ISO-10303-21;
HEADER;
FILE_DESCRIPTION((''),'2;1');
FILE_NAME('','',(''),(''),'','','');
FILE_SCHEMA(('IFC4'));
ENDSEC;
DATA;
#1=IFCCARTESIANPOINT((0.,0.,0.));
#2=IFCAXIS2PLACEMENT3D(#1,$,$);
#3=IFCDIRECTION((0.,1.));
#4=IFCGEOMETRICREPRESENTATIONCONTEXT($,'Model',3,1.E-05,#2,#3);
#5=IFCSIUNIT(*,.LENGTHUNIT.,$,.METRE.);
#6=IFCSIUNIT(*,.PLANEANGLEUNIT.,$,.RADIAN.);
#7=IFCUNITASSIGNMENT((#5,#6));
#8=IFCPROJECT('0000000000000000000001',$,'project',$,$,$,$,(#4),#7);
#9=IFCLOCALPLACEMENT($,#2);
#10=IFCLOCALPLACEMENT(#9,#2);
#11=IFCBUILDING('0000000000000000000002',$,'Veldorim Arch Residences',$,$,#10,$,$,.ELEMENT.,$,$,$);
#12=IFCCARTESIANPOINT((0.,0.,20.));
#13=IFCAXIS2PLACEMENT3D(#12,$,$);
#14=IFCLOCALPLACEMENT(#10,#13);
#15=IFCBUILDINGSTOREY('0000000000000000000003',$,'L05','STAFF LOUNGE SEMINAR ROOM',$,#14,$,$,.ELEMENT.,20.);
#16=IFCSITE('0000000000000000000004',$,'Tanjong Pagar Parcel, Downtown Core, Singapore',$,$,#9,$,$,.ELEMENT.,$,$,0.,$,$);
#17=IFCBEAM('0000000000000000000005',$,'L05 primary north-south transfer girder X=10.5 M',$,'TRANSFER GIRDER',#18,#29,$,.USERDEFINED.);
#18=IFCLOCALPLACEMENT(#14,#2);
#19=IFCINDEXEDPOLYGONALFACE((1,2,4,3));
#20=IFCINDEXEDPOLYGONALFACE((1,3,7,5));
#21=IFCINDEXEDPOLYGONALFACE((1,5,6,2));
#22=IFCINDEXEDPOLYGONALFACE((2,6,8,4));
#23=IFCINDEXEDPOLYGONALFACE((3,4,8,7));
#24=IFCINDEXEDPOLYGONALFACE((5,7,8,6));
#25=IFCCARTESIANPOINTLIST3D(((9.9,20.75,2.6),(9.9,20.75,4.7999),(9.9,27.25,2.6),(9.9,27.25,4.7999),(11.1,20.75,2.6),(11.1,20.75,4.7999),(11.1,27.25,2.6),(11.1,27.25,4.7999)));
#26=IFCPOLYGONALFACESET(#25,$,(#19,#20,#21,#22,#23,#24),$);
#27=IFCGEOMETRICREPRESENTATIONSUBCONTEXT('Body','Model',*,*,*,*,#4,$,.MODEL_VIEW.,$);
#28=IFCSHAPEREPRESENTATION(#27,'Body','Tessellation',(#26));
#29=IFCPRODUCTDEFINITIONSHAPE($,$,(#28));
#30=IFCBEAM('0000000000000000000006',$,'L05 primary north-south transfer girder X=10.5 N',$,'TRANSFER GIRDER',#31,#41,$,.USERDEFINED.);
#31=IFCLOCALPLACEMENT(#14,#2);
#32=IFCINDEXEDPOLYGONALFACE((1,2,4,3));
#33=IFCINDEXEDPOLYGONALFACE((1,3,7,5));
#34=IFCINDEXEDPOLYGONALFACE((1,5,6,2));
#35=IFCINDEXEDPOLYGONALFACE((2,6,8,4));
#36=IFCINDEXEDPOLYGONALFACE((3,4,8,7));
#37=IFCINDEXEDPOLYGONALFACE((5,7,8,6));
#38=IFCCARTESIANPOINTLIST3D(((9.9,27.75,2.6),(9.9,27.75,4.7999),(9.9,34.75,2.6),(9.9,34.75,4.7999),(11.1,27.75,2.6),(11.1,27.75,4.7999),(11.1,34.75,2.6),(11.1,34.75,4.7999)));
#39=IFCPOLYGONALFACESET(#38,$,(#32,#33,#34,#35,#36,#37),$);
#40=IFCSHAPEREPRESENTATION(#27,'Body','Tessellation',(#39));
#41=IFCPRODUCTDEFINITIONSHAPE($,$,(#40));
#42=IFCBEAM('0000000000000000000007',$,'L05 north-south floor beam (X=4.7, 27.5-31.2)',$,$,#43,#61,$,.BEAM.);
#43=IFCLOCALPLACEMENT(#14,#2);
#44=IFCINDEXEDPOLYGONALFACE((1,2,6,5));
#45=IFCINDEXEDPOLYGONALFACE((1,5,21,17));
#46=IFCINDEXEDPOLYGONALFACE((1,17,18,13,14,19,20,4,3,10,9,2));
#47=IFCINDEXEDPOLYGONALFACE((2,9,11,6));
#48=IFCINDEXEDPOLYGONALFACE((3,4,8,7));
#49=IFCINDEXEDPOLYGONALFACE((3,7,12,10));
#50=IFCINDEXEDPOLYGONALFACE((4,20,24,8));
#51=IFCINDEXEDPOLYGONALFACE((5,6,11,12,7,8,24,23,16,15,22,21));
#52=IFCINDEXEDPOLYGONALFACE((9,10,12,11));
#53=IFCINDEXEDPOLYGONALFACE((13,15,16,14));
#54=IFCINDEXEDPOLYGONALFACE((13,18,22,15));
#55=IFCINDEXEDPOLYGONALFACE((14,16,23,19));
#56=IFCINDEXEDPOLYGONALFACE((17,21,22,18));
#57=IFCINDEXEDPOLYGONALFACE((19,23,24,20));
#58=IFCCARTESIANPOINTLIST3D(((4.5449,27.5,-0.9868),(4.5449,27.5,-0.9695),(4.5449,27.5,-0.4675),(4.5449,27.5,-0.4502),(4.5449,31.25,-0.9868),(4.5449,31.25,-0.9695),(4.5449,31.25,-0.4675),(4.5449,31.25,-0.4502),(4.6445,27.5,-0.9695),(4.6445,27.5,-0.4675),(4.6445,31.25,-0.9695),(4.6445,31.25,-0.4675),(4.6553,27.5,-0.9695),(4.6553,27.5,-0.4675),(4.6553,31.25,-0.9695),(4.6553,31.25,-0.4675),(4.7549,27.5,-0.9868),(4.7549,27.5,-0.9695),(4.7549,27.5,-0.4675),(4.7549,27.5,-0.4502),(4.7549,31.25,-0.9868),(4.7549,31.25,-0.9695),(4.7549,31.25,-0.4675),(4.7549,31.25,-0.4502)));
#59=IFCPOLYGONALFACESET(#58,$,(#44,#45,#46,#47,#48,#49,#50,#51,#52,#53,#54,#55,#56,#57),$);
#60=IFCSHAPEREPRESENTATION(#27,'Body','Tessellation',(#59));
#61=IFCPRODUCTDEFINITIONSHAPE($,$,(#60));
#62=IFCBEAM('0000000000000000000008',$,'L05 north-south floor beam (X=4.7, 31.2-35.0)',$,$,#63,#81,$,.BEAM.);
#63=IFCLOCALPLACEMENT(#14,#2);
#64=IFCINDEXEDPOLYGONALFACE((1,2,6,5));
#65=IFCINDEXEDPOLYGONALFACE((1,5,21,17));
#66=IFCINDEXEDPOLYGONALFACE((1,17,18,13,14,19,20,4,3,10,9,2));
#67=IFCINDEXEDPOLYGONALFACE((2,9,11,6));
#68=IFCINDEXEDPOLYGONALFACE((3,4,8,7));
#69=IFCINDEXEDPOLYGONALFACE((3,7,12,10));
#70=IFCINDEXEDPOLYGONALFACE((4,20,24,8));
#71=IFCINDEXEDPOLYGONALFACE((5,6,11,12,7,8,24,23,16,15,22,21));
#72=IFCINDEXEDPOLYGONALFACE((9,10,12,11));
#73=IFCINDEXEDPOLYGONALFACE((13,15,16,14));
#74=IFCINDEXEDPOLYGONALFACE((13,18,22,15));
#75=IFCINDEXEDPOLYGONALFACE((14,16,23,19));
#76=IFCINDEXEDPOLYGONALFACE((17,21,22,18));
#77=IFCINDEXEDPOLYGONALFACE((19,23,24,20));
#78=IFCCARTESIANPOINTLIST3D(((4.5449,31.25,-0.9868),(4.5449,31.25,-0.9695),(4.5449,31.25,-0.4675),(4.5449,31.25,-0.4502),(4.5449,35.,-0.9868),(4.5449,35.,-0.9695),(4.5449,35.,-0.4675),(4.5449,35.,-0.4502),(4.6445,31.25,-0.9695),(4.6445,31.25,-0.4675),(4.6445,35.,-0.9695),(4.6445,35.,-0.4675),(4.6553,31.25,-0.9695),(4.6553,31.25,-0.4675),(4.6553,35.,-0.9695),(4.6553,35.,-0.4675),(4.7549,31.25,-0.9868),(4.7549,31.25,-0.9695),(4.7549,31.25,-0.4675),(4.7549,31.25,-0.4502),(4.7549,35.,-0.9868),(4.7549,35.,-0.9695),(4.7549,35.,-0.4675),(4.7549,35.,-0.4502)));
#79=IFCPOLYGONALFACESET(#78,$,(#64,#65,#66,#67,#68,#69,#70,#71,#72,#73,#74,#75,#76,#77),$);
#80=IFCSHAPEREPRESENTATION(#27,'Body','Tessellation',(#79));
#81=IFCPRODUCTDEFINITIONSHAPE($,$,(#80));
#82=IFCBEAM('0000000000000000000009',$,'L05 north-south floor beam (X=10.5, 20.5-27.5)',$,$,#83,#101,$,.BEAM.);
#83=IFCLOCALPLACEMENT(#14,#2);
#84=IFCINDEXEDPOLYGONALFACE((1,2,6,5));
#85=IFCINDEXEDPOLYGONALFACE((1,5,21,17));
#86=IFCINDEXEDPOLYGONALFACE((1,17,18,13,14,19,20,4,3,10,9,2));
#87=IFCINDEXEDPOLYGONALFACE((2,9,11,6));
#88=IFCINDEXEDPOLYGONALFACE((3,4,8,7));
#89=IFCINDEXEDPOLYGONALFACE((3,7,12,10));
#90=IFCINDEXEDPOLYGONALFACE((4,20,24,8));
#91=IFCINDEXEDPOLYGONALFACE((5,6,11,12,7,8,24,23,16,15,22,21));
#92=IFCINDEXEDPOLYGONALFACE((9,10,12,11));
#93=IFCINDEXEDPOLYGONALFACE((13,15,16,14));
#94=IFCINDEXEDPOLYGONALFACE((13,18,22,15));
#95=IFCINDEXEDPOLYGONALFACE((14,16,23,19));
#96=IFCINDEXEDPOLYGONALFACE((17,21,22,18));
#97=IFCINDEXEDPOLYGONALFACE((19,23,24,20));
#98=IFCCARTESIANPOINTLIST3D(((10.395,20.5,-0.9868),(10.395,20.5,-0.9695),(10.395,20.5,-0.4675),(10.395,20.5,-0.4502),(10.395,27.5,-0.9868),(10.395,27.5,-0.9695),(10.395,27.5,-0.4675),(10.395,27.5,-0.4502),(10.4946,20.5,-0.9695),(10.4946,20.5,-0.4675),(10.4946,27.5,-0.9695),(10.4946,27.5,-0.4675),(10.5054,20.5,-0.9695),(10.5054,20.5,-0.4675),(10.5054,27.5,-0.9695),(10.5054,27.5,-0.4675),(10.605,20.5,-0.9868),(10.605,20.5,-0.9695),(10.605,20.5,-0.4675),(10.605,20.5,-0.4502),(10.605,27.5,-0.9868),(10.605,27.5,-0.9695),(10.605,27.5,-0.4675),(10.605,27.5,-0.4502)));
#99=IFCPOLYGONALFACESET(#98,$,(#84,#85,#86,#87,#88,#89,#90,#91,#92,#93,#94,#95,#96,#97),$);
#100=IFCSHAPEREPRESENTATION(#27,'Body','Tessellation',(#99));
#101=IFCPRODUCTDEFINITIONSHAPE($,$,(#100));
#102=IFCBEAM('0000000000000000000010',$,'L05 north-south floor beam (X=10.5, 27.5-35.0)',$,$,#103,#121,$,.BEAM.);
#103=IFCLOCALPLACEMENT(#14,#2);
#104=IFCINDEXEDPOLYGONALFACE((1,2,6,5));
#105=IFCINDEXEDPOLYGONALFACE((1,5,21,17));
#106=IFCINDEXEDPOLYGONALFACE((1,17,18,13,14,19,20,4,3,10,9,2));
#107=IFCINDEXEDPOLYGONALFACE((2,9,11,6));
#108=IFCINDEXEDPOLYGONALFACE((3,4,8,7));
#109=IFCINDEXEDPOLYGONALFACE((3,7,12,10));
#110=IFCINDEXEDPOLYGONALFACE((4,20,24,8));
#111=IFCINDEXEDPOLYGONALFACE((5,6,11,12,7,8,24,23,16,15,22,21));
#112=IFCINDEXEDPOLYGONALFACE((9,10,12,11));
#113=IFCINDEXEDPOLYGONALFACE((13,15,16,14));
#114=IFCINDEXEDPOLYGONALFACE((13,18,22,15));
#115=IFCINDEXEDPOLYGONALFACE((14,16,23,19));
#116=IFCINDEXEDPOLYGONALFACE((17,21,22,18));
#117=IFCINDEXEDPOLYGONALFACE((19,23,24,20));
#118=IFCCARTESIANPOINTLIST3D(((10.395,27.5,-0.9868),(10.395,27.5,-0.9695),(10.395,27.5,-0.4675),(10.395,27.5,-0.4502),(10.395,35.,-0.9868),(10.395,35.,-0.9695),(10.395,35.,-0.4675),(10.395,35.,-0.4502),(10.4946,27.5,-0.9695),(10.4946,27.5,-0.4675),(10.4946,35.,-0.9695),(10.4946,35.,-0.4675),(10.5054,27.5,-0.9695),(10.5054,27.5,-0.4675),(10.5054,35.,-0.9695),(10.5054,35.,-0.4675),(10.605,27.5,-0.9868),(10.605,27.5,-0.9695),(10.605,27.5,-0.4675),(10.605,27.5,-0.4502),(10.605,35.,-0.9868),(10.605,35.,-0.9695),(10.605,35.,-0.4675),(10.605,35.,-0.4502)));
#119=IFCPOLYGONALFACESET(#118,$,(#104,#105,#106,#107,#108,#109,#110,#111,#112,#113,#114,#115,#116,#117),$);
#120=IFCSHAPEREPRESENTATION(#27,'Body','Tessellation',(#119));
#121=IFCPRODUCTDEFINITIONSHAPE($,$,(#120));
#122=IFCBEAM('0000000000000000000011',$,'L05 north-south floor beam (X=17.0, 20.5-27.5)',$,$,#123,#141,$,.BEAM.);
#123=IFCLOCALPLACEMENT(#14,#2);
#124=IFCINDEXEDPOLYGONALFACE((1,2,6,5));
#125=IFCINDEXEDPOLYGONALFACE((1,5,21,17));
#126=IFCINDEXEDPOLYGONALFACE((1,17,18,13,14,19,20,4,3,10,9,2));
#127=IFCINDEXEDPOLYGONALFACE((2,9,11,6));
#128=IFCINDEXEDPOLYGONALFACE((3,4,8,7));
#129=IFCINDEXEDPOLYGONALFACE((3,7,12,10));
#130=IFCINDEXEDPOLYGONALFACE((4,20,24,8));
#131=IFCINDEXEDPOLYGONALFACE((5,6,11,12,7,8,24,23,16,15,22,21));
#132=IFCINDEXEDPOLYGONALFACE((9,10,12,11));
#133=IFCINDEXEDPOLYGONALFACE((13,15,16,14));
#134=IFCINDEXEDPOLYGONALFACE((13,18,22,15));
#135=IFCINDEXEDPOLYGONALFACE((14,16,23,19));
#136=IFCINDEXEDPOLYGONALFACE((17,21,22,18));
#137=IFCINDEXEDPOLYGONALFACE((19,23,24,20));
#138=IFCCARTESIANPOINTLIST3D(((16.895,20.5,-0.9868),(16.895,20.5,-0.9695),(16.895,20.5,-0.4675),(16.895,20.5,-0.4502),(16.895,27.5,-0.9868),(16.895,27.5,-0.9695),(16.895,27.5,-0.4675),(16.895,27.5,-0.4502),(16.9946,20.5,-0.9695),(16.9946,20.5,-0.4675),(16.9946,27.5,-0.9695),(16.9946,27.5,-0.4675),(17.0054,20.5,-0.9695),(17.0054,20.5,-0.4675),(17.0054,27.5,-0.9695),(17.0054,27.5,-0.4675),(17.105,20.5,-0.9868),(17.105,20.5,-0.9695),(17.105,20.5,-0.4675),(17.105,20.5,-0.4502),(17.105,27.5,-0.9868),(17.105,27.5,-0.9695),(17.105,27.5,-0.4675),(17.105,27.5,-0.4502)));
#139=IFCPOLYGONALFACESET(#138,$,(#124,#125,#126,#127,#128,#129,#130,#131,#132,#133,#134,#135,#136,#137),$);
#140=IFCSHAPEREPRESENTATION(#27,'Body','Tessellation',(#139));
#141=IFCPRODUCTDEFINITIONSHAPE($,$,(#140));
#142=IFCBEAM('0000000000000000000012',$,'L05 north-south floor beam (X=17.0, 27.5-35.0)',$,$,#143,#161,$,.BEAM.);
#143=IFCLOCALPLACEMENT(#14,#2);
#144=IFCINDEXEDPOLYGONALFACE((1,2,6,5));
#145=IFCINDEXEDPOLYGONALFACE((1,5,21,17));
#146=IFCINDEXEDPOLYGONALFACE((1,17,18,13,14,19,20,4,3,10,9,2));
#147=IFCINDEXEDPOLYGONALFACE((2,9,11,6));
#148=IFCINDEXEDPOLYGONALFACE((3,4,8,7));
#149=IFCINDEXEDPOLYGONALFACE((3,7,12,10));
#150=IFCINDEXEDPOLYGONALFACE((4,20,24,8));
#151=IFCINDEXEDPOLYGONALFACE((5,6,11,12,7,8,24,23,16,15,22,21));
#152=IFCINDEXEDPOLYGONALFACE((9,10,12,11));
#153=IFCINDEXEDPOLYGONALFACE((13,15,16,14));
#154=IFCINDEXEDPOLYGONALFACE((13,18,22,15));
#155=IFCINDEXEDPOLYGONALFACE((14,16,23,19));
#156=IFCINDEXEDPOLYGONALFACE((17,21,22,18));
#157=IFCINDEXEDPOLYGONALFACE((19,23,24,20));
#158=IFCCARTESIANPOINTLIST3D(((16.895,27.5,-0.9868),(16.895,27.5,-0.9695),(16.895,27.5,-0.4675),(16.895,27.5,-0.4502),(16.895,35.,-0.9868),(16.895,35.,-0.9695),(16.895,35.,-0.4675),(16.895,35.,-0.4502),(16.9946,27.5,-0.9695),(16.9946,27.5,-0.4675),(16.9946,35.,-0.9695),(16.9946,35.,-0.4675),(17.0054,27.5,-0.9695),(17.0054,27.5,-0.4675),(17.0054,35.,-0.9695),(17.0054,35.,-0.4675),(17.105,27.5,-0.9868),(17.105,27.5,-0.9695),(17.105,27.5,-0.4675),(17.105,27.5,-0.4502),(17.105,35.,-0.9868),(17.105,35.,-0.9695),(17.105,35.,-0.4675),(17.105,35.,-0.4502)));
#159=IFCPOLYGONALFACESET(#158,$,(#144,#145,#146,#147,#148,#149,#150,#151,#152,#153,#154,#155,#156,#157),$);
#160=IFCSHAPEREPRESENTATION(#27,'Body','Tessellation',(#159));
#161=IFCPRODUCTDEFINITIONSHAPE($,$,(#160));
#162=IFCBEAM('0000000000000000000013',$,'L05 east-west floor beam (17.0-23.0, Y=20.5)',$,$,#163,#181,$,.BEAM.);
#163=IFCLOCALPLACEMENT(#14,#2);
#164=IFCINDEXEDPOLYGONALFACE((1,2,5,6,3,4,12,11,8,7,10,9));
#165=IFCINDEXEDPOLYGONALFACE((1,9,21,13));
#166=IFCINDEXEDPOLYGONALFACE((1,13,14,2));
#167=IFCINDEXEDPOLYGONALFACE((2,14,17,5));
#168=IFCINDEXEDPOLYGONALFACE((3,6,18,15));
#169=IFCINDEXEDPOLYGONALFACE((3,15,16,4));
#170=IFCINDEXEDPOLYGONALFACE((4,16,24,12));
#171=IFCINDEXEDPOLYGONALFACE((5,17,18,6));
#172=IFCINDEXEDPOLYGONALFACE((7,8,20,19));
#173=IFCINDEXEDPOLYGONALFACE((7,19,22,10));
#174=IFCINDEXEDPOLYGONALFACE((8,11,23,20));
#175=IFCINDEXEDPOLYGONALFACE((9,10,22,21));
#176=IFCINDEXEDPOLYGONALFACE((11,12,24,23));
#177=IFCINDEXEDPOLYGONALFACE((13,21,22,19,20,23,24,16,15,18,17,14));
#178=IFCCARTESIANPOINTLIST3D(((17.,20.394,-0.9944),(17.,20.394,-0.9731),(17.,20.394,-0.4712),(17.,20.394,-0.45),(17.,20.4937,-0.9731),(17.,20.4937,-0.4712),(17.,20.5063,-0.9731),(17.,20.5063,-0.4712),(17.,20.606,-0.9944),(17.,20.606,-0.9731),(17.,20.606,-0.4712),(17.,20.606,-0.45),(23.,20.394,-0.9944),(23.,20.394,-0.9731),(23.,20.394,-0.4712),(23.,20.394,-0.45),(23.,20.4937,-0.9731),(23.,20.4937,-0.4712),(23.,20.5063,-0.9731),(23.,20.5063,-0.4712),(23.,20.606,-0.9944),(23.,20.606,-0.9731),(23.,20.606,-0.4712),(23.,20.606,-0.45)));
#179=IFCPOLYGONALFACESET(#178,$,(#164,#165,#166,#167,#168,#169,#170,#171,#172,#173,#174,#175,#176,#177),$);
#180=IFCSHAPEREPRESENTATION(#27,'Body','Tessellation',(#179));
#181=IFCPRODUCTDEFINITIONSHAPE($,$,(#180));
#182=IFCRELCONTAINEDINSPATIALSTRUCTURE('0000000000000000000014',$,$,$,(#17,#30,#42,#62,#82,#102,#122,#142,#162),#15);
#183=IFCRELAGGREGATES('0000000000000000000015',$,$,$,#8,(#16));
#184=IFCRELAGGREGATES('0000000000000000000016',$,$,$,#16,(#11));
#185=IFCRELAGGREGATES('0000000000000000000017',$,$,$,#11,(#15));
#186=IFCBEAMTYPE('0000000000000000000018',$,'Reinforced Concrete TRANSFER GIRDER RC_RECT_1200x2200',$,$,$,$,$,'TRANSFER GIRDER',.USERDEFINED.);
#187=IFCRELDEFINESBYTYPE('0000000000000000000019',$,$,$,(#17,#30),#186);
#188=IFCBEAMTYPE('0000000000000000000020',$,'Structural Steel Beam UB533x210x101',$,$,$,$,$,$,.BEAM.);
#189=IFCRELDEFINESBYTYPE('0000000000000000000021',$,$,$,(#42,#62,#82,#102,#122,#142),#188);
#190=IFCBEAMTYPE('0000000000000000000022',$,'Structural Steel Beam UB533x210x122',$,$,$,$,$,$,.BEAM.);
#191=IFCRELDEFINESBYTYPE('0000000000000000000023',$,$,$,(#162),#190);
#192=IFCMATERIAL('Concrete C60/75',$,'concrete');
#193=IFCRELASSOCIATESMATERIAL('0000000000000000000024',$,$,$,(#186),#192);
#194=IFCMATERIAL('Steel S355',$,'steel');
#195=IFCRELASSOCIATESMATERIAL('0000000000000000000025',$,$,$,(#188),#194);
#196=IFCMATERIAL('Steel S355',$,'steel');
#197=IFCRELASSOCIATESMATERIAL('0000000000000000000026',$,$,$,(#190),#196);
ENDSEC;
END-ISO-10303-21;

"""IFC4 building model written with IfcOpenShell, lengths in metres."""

from ifc_helpers import new_model, si_unit, direction, frame, origin, origin_2d, place, context, subcontext, project, spatial, rectangle, i_section, extrude, material, material_profile, profile_set, type_object, element, save


model = new_model("IFC4")

# Units and contexts
model_context = context("Model", 3, precision=1e-05, world=origin(), true_north=direction((0.0, 1.0)))
body_context = subcontext(model_context, "Body", "Model", "MODEL_VIEW")
ifc_project = project(units=[si_unit("LENGTHUNIT", "METRE"), si_unit("PLANEANGLEUNIT", "RADIAN")], contexts=[model_context])

# Site, building, storey
site_placement = place(None, origin())
site = spatial("IfcSite", under=ifc_project, at=site_placement, Name="Tanjong Pagar Parcel, Downtown Core, Singapore", CompositionType="ELEMENT", RefElevation=0.0)
building_placement = place(site_placement, origin())
building = spatial("IfcBuilding", under=site, at=building_placement, Name="Veldorim Arch Residences", CompositionType="ELEMENT")
storey_placement = place(building_placement, frame((0.0, 0.0, 20.0)))
storey = spatial("IfcBuildingStorey", under=building, at=storey_placement, Name="L05", Description="STAFF LOUNGE SEMINAR ROOM", CompositionType="ELEMENT", Elevation=20.0)

# Beams
ifc_material_1 = material(Name="Concrete C60/75", Category="concrete")
ifc_material_profile_1 = material_profile(ifc_material_1, rectangle(XDim=1.2, YDim=2.2, at=origin_2d()), Name="RC_RECT_1200x2200")
ifc_profile_set_1 = profile_set([ifc_material_profile_1], Name="Concrete C60/75")
beam_type_1 = type_object("IfcBeamType", Name="Reinforced Concrete TRANSFER GIRDER RC_RECT_1200x2200", ElementType="TRANSFER GIRDER", PredefinedType="USERDEFINED", material=ifc_profile_set_1)
beam_1_placement = place(storey_placement, frame((10.5, 20.75, 3.7), z_axis=(0.0, 1.0, 0.0), x_axis=(-1.0, 0.0, 0.0)))
element("IfcBeam", 1, at=beam_1_placement, inside=storey, type_object=beam_type_1, Name="L05 primary north-south transfer girder X=10.5 M", ObjectType="TRANSFER GIRDER", PredefinedType="USERDEFINED", context=body_context, shape_type="SweptSolid", body=[
    extrude(rectangle(XDim=1.2, YDim=2.2, at=origin_2d()), origin(), (0.0, 0.0, 1.0), 6.5),
])
beam_2_placement = place(storey_placement, frame((10.5, 27.75, 3.7), z_axis=(0.0, 1.0, 0.0), x_axis=(-1.0, 0.0, 0.0)))
element("IfcBeam", 2, at=beam_2_placement, inside=storey, type_object=beam_type_1, Name="L05 primary north-south transfer girder X=10.5 N", ObjectType="TRANSFER GIRDER", PredefinedType="USERDEFINED", context=body_context, shape_type="SweptSolid", body=[
    extrude(rectangle(XDim=1.2, YDim=2.2, at=origin_2d()), origin(), (0.0, 0.0, 1.0), 7.0),
])
ifc_material_2 = material(Name="Steel S355", Category="steel")
ifc_material_profile_2 = material_profile(ifc_material_2, i_section(OverallWidth=0.21, OverallDepth=0.5366, WebThickness=0.0107, FlangeThickness=0.0173, at=origin_2d()), Name="UB533x210x101")
ifc_profile_set_2 = profile_set([ifc_material_profile_2], Name="Steel S355")
beam_type_2 = type_object("IfcBeamType", Name="Structural Steel Beam UB533x210x101", PredefinedType="BEAM", material=ifc_profile_set_2)
for number, where, z_axis, x_axis, name in (
    (3, (4.6499, 27.5, -0.7185), (0.0, 1.0, 0.0), (-1.0, 0.0, 0.0), "L05 north-south floor beam (X=4.7, 27.5-31.2)"),
    (4, (4.6499, 31.25, -0.7185), (0.0, 1.0, 0.0), (-1.0, 0.0, 0.0), "L05 north-south floor beam (X=4.7, 31.2-35.0)"),
):
    element("IfcBeam", number, at=place(storey_placement, frame(where, z_axis=z_axis, x_axis=x_axis)), inside=storey, type_object=beam_type_2, Name=name, PredefinedType="BEAM", context=body_context, shape_type="SweptSolid", body=[
        extrude(i_section(OverallWidth=0.21, OverallDepth=0.5366, WebThickness=0.0107, FlangeThickness=0.0173, at=origin_2d()), origin(), (0.0, 0.0, 1.0), 3.75),
    ])
beam_3_placement = place(storey_placement, frame((10.5, 20.5, -0.7185), z_axis=(0.0, 1.0, 0.0), x_axis=(-1.0, 0.0, 0.0)))
element("IfcBeam", 5, at=beam_3_placement, inside=storey, type_object=beam_type_2, Name="L05 north-south floor beam (X=10.5, 20.5-27.5)", PredefinedType="BEAM", context=body_context, shape_type="SweptSolid", body=[
    extrude(i_section(OverallWidth=0.21, OverallDepth=0.5366, WebThickness=0.0107, FlangeThickness=0.0173, at=origin_2d()), origin(), (0.0, 0.0, 1.0), 7.0),
])
beam_4_placement = place(storey_placement, frame((10.5, 27.5, -0.7185), z_axis=(0.0, 1.0, 0.0), x_axis=(-1.0, 0.0, 0.0)))
element("IfcBeam", 6, at=beam_4_placement, inside=storey, type_object=beam_type_2, Name="L05 north-south floor beam (X=10.5, 27.5-35.0)", PredefinedType="BEAM", context=body_context, shape_type="SweptSolid", body=[
    extrude(i_section(OverallWidth=0.21, OverallDepth=0.5366, WebThickness=0.0107, FlangeThickness=0.0173, at=origin_2d()), origin(), (0.0, 0.0, 1.0), 7.5),
])
beam_5_placement = place(storey_placement, frame((17.0, 20.5, -0.7185), z_axis=(0.0, 1.0, 0.0), x_axis=(-1.0, 0.0, 0.0)))
element("IfcBeam", 7, at=beam_5_placement, inside=storey, type_object=beam_type_2, Name="L05 north-south floor beam (X=17.0, 20.5-27.5)", PredefinedType="BEAM", context=body_context, shape_type="SweptSolid", body=[
    extrude(i_section(OverallWidth=0.21, OverallDepth=0.5366, WebThickness=0.0107, FlangeThickness=0.0173, at=origin_2d()), origin(), (0.0, 0.0, 1.0), 7.0),
])
beam_6_placement = place(storey_placement, frame((17.0, 27.5, -0.7185), z_axis=(0.0, 1.0, 0.0), x_axis=(-1.0, 0.0, 0.0)))
element("IfcBeam", 8, at=beam_6_placement, inside=storey, type_object=beam_type_2, Name="L05 north-south floor beam (X=17.0, 27.5-35.0)", PredefinedType="BEAM", context=body_context, shape_type="SweptSolid", body=[
    extrude(i_section(OverallWidth=0.21, OverallDepth=0.5366, WebThickness=0.0107, FlangeThickness=0.0173, at=origin_2d()), origin(), (0.0, 0.0, 1.0), 7.5),
])
ifc_material_3 = material(Name="Steel S355", Category="steel")
ifc_material_profile_3 = material_profile(ifc_material_3, i_section(OverallWidth=0.2119, OverallDepth=0.5444, WebThickness=0.0127, FlangeThickness=0.0212, at=origin_2d()), Name="UB533x210x122")
ifc_profile_set_3 = profile_set([ifc_material_profile_3], Name="Steel S355")
beam_type_3 = type_object("IfcBeamType", Name="Structural Steel Beam UB533x210x122", PredefinedType="BEAM", material=ifc_profile_set_3)
beam_7_placement = place(storey_placement, frame((17.0, 20.5, -0.7222), z_axis=(1.0, 0.0, 0.0), x_axis=(0.0, 1.0, 0.0)))
element("IfcBeam", 9, at=beam_7_placement, inside=storey, type_object=beam_type_3, Name="L05 east-west floor beam (17.0-23.0, Y=20.5)", PredefinedType="BEAM", context=body_context, shape_type="SweptSolid", body=[
    extrude(i_section(OverallWidth=0.2119, OverallDepth=0.5444, WebThickness=0.0127, FlangeThickness=0.0212, at=origin_2d()), origin(), (0.0, 0.0, 1.0), 6.0),
])

save(model, "model.ifc")
